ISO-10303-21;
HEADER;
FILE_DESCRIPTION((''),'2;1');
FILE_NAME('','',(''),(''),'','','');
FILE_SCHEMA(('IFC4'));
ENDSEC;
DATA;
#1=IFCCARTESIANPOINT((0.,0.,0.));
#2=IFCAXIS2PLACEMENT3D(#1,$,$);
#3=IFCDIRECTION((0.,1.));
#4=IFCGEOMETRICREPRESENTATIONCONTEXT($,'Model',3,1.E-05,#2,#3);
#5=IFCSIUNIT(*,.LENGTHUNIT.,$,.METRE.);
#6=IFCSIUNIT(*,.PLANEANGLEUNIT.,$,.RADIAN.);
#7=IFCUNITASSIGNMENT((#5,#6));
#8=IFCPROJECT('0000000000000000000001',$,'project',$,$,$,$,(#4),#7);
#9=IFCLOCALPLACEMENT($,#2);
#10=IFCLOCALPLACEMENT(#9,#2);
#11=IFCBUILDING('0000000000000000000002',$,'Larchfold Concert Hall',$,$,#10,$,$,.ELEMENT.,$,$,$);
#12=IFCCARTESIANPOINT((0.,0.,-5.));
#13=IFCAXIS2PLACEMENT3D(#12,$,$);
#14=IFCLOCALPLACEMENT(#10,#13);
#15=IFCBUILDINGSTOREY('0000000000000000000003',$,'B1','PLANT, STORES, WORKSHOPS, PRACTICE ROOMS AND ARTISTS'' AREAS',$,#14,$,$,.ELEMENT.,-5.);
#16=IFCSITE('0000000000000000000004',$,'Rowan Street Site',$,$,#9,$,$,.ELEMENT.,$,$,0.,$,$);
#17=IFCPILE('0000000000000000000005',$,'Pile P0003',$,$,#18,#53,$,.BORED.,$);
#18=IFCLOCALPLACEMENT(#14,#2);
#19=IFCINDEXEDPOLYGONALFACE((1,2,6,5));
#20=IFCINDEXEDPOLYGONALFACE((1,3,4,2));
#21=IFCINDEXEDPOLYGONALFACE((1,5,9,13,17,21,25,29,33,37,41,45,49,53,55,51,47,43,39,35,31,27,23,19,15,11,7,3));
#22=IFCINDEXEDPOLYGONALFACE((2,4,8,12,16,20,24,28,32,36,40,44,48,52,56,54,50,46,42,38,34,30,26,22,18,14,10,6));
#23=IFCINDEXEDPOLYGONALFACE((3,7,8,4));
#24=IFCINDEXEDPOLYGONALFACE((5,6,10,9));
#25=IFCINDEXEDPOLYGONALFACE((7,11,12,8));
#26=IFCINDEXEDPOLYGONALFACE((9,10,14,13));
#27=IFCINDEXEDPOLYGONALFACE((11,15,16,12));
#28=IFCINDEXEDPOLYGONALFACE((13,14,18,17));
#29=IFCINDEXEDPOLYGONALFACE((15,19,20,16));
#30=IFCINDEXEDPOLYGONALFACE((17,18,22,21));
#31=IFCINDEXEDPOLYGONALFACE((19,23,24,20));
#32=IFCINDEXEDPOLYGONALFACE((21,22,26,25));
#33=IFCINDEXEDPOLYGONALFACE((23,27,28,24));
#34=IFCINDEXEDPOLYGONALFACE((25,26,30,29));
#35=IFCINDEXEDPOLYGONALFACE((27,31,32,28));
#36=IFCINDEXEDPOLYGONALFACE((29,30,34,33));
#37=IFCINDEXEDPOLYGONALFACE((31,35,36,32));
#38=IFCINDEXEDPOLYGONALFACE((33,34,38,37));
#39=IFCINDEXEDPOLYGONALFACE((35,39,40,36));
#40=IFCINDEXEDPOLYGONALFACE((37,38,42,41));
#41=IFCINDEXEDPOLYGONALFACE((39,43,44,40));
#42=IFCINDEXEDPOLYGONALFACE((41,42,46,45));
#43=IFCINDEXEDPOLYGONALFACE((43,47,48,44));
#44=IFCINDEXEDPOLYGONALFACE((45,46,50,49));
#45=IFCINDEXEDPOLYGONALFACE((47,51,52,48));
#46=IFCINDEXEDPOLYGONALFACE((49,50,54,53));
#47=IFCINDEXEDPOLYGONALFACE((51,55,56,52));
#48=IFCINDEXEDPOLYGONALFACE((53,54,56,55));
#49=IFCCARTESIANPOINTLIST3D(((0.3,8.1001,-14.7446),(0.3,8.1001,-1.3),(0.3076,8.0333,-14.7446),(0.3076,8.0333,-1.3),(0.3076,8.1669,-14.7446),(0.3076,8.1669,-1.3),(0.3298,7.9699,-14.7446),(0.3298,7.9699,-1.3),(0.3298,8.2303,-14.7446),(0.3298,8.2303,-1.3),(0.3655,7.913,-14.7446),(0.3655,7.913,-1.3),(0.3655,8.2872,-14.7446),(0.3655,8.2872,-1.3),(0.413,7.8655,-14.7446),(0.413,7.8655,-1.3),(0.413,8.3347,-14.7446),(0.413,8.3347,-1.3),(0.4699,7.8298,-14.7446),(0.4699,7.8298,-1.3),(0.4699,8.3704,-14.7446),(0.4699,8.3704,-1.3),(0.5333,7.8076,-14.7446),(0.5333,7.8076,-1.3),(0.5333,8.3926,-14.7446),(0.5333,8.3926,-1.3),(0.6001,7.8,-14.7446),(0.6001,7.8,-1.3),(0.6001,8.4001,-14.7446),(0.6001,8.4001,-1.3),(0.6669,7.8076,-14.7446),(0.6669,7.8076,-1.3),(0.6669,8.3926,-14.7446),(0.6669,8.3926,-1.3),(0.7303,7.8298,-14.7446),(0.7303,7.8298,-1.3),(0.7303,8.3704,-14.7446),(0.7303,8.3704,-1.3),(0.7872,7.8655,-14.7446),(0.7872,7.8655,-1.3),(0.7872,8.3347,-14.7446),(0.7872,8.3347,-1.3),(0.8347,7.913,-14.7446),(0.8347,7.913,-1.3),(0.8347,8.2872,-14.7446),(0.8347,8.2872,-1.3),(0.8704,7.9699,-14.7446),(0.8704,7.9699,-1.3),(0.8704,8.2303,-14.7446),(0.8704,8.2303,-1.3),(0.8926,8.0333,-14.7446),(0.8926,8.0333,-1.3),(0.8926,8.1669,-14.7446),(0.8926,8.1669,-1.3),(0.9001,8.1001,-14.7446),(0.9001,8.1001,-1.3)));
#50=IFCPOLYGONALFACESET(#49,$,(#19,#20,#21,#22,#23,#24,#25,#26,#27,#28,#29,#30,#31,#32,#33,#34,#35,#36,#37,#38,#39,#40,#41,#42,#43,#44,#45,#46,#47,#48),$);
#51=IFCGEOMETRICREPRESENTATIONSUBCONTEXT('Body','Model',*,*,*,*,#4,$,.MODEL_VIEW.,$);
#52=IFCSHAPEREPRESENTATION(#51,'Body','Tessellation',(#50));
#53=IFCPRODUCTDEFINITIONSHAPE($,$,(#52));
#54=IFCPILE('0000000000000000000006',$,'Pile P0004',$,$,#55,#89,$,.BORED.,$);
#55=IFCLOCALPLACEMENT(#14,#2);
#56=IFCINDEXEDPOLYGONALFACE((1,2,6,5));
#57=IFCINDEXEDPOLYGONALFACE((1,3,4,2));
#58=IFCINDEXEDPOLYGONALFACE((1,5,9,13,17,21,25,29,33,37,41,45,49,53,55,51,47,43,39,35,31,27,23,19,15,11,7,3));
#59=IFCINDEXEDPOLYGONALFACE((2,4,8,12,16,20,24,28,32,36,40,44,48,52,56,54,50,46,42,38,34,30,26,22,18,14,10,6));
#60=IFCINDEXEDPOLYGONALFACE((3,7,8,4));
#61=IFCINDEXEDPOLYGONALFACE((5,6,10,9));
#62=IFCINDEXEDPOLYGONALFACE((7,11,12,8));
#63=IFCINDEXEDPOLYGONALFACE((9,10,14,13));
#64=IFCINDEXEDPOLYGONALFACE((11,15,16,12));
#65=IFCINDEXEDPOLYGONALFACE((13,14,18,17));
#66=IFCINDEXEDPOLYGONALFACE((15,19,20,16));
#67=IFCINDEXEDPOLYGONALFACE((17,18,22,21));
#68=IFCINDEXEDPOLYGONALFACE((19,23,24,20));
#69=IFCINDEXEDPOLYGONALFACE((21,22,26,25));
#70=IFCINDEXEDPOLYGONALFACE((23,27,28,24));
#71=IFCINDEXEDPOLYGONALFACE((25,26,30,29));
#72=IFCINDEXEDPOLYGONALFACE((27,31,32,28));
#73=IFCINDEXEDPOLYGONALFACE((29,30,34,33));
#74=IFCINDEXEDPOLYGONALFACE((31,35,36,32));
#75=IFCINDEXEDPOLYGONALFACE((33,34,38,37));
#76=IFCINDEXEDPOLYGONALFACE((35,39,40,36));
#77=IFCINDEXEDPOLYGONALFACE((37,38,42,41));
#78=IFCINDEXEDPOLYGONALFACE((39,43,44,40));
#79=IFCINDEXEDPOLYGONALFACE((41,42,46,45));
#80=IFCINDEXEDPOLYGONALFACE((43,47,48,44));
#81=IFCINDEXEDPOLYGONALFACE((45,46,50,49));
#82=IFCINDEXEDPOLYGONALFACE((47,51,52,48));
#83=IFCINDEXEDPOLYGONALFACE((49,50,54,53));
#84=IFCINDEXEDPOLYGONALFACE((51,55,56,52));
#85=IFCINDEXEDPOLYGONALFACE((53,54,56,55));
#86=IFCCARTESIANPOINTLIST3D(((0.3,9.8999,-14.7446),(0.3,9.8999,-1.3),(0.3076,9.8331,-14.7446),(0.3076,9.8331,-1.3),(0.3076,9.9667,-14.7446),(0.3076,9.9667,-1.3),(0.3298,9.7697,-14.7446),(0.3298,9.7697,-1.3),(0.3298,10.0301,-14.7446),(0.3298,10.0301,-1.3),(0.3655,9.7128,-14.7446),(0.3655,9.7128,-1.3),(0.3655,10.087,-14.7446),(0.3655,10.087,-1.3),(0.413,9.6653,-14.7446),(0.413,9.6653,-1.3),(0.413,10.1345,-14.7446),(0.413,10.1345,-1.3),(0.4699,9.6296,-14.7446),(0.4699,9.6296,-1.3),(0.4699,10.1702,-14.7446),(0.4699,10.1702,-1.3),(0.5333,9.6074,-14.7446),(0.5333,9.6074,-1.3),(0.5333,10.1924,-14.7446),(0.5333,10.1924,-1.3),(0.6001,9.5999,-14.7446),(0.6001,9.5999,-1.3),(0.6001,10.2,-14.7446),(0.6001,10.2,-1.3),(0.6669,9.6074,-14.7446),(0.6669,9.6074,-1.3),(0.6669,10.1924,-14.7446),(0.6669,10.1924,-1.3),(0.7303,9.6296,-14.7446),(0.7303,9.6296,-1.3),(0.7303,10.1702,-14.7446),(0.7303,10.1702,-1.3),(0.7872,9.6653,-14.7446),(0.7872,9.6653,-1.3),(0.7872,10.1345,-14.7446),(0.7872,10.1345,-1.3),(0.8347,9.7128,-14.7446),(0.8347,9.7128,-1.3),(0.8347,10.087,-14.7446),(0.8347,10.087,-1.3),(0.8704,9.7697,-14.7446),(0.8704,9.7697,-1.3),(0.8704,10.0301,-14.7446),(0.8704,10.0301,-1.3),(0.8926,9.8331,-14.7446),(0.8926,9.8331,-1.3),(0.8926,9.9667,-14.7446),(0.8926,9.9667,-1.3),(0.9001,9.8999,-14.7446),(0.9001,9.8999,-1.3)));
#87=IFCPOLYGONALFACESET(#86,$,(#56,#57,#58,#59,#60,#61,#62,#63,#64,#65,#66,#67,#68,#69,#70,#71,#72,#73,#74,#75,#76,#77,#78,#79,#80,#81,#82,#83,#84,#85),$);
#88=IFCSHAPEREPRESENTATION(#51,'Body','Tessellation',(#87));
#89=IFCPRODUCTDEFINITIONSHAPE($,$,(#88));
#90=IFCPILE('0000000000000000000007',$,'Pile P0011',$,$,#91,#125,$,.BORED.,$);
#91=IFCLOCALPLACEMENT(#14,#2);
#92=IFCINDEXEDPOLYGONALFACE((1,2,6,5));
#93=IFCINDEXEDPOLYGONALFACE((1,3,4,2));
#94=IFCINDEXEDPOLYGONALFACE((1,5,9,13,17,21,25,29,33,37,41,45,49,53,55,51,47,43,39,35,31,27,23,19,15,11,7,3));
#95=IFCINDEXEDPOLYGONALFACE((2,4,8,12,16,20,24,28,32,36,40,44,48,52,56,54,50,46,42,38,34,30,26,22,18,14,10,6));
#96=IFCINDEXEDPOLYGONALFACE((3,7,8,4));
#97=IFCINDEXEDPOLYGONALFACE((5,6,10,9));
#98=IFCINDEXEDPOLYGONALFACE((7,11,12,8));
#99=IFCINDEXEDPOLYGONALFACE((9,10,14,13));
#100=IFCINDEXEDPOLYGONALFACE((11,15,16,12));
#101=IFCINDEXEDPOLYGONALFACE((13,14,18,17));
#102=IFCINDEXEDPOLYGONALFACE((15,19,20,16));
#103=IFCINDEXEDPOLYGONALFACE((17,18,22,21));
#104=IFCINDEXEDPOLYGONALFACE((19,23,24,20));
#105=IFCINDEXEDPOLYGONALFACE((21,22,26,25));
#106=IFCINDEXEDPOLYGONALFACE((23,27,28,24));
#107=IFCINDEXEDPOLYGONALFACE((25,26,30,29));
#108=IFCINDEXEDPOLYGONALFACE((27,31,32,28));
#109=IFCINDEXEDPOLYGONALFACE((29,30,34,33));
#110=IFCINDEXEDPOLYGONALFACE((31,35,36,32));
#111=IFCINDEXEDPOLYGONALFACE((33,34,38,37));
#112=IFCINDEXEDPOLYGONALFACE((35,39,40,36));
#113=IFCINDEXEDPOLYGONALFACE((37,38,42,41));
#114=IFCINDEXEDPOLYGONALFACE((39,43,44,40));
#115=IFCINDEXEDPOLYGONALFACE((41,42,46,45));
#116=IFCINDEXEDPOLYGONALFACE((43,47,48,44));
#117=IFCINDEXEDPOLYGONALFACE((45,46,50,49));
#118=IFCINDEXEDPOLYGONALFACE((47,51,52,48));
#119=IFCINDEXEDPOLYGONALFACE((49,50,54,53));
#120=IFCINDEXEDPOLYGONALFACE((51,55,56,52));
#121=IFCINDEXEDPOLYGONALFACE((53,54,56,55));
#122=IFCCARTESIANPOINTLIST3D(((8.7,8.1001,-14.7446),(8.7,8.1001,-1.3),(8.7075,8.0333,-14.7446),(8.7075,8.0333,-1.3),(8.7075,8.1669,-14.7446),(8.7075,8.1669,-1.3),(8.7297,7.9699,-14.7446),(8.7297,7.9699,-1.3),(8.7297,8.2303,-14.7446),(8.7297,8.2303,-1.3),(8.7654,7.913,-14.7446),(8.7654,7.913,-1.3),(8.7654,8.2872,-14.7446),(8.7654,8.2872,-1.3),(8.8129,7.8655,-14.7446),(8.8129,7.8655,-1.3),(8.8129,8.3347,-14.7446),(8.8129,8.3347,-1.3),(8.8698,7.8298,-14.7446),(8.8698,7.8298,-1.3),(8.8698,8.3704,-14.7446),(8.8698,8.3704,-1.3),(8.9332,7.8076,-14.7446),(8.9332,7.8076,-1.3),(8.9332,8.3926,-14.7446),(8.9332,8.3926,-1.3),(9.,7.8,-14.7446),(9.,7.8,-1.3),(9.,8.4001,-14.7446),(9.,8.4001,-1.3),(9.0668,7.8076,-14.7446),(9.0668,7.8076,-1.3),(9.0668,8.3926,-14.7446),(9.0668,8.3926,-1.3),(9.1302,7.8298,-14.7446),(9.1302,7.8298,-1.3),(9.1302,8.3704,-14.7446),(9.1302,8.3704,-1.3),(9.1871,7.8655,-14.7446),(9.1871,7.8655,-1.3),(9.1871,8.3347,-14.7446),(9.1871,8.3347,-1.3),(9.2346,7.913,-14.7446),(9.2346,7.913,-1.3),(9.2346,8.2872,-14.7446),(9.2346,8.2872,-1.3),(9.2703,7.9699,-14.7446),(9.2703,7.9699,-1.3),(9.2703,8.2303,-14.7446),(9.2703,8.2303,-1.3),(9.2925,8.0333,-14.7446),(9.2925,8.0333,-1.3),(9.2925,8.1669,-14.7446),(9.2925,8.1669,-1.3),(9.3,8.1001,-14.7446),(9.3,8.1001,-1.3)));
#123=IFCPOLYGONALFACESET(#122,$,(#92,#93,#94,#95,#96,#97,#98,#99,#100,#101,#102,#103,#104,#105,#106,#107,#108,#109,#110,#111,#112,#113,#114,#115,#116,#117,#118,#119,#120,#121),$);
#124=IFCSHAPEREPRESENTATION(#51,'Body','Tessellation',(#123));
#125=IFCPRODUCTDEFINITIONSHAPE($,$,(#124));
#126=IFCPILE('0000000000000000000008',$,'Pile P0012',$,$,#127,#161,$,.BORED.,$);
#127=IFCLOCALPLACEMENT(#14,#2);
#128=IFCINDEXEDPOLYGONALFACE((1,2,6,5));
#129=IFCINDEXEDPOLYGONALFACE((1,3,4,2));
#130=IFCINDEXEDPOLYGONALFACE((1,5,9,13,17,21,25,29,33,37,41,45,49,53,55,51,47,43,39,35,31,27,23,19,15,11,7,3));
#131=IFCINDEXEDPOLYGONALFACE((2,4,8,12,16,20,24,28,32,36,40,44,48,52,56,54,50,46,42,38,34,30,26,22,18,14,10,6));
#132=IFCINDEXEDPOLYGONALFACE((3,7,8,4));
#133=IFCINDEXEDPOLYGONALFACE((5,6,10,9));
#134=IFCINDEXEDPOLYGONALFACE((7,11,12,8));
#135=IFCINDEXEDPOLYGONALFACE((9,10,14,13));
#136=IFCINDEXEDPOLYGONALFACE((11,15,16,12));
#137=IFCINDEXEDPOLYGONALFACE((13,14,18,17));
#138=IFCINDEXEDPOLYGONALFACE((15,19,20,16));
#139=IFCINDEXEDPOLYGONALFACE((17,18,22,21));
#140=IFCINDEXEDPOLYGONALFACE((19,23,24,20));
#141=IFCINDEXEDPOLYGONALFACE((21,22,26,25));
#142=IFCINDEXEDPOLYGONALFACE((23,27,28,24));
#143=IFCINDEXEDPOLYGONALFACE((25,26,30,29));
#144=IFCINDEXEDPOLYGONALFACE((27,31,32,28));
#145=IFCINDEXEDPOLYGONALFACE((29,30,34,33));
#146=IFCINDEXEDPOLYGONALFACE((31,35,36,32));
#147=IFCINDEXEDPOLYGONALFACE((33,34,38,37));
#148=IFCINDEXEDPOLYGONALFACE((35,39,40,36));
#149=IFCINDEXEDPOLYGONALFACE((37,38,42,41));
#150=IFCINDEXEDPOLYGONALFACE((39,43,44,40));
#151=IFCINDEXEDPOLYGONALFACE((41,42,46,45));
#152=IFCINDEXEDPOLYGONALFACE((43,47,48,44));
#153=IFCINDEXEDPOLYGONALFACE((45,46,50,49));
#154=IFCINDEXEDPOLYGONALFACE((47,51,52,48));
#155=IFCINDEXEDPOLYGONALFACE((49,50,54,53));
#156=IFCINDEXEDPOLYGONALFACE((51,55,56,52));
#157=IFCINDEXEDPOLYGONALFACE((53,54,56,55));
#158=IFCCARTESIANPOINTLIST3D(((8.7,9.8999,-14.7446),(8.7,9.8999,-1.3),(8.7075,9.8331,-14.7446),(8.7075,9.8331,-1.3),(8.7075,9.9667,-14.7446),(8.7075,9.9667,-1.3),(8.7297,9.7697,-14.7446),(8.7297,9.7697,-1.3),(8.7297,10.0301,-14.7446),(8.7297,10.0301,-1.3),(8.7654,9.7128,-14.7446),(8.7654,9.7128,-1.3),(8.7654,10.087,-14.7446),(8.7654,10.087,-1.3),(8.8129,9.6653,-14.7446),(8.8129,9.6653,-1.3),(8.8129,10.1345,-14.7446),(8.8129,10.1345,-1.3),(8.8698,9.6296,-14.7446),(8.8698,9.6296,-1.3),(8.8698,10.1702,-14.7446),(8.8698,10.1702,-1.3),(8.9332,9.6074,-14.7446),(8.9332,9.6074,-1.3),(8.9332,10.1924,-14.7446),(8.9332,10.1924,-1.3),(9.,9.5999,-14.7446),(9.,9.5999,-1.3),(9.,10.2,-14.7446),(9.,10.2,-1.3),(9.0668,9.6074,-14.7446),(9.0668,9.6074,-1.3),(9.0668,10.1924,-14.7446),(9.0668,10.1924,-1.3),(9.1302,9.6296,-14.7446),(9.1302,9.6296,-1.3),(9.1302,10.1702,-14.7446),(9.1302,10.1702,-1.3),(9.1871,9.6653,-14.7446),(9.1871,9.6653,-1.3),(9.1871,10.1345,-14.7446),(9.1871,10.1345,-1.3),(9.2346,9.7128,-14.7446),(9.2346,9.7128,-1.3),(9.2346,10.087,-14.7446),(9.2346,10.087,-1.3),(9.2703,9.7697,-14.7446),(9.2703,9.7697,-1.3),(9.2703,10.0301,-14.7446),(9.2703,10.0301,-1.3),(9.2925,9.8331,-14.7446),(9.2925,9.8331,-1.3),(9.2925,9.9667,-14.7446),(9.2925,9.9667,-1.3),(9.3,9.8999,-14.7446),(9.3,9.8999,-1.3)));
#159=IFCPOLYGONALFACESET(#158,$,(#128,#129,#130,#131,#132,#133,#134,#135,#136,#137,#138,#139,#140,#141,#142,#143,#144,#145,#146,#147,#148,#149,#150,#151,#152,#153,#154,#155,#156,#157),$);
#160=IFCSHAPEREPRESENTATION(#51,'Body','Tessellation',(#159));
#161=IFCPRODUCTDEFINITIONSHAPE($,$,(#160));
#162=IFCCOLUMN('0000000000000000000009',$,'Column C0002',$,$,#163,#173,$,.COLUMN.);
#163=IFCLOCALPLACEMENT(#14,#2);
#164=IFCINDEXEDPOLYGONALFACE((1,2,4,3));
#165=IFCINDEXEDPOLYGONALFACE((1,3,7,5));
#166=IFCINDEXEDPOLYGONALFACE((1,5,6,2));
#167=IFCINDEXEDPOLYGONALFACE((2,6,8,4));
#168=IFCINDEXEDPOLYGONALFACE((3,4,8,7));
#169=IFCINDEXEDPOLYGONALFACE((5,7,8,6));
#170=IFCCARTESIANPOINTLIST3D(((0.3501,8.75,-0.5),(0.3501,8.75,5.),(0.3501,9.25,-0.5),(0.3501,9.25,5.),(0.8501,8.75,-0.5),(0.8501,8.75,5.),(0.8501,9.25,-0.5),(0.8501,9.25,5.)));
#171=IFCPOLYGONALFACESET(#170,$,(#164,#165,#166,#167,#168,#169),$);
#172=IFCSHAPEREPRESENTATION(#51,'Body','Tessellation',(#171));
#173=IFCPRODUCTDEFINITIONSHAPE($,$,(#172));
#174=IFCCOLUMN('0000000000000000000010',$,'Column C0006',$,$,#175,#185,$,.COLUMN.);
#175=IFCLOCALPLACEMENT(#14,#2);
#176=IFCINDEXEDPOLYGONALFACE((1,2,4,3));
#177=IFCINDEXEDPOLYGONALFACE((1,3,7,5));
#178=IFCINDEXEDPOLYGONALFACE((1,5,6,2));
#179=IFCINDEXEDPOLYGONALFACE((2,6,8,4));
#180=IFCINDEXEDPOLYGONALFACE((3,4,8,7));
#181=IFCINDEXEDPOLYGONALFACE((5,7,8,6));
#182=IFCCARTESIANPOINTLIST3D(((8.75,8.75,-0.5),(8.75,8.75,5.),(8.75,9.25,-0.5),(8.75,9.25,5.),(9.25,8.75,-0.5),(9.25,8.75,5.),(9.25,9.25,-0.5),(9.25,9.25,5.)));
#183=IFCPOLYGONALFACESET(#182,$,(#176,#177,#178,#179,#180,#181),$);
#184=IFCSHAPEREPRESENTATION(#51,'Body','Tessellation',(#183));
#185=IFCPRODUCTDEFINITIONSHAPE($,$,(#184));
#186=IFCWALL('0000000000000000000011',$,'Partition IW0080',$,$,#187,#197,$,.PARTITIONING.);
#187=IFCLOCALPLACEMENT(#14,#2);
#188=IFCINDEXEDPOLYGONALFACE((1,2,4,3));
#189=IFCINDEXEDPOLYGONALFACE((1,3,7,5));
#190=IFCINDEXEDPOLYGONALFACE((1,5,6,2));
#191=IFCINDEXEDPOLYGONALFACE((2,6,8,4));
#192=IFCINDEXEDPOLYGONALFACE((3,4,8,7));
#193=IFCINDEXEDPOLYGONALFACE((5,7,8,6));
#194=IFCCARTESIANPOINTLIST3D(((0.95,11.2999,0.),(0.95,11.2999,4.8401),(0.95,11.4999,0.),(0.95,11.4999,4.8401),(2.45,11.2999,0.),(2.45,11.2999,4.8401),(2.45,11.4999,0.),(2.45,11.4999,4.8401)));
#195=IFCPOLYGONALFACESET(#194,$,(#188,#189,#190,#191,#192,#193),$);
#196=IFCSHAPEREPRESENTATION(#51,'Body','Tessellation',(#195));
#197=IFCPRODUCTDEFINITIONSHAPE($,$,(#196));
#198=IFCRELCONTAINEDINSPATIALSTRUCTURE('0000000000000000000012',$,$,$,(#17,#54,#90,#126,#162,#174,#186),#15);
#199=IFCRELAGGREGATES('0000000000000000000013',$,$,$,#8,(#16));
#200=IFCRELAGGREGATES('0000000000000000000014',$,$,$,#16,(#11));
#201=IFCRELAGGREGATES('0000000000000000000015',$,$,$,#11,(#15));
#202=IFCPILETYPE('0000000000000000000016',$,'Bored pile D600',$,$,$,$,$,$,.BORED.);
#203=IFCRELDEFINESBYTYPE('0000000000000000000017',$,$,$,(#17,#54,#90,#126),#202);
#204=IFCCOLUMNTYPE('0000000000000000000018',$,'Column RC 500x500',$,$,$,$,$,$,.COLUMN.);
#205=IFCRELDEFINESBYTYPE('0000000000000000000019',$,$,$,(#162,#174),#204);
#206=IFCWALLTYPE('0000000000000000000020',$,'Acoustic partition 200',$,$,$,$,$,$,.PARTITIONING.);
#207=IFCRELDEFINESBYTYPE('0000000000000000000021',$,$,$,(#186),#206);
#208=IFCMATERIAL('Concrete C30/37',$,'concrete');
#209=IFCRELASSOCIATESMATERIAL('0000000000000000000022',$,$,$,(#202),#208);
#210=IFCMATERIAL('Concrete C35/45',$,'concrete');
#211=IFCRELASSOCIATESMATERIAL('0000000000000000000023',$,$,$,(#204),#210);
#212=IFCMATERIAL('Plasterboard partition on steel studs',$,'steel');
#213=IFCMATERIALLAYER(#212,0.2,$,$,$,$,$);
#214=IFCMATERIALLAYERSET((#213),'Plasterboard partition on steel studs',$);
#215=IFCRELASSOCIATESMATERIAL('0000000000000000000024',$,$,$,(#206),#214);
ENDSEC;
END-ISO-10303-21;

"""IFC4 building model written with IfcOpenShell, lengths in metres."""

from ifc_helpers import new_model, si_unit, direction, frame, frame_2d, origin, origin_2d, place, context, subcontext, project, spatial, rectangle, circle, extrude, material, layer, layer_set, material_profile, profile_set, type_object, element, save


model = new_model("IFC4")

# Units and contexts
model_context = context("Model", 3, precision=1e-05, world=origin(), true_north=direction((0.0, 1.0)))
body_context = subcontext(model_context, "Body", "Model", "MODEL_VIEW")
ifc_project = project(units=[si_unit("LENGTHUNIT", "METRE"), si_unit("PLANEANGLEUNIT", "RADIAN")], contexts=[model_context])

# Site, building, storey
site_placement = place(None, origin())
site = spatial("IfcSite", under=ifc_project, at=site_placement, Name="Rowan Street Site", CompositionType="ELEMENT", RefElevation=0.0)
building_placement = place(site_placement, origin())
building = spatial("IfcBuilding", under=site, at=building_placement, Name="Larchfold Concert Hall", CompositionType="ELEMENT")
storey_placement = place(building_placement, frame((0.0, 0.0, -5.0)))
storey = spatial("IfcBuildingStorey", under=building, at=storey_placement, Name="B1", Description="PLANT, STORES, WORKSHOPS, PRACTICE ROOMS AND ARTISTS' AREAS", CompositionType="ELEMENT", Elevation=-5.0)

# Piles
ifc_material_1 = material(Name="Concrete C30/37", Category="concrete")
ifc_material_profile_1 = material_profile(ifc_material_1, circle(Radius=0.3, at=origin_2d()))
ifc_profile_set_1 = profile_set([ifc_material_profile_1], Name="Concrete C30/37")
pile_type = type_object("IfcPileType", Name="Bored pile D600", PredefinedType="BORED", material=ifc_profile_set_1)
for number, where, z_axis, x_axis, name in (
    (1, (0.6001, 8.1001, -1.3), (0.0, 0.0, -1.0), (1.0, 0.0, 0.0), "Pile P0003"),
    (2, (0.6001, 9.8999, -1.3), (0.0, 0.0, -1.0), (1.0, 0.0, 0.0), "Pile P0004"),
    (3, (9.0, 8.1001, -1.3), (0.0, 0.0, -1.0), (1.0, 0.0, 0.0), "Pile P0011"),
    (4, (9.0, 9.8999, -1.3), (0.0, 0.0, -1.0), (1.0, 0.0, 0.0), "Pile P0012"),
):
    element("IfcPile", number, at=place(storey_placement, frame(where, z_axis=z_axis, x_axis=x_axis)), inside=storey, type_object=pile_type, Name=name, PredefinedType="BORED", context=body_context, shape_type="SweptSolid", body=[
        extrude(circle(Radius=0.3, at=origin_2d()), origin(), (0.0, 0.0, 1.0), 13.4446),
    ])

# Columns
ifc_material_2 = material(Name="Concrete C35/45", Category="concrete")
ifc_material_profile_2 = material_profile(ifc_material_2, rectangle(XDim=0.5, YDim=0.5, at=origin_2d()))
ifc_profile_set_2 = profile_set([ifc_material_profile_2], Name="Concrete C35/45")
column_type = type_object("IfcColumnType", Name="Column RC 500x500", PredefinedType="COLUMN", material=ifc_profile_set_2)
for number, where, z_axis, x_axis, name in (
    (5, (0.6001, 9.0, -0.5), (0.0, 0.0, 1.0), (1.0, 0.0, 0.0), "Column C0002"),
    (6, (9.0, 9.0, -0.5), (0.0, 0.0, 1.0), (1.0, 0.0, 0.0), "Column C0006"),
):
    element("IfcColumn", number, at=place(storey_placement, frame(where, z_axis=z_axis, x_axis=x_axis)), inside=storey, type_object=column_type, Name=name, PredefinedType="COLUMN", context=body_context, shape_type="SweptSolid", body=[
        extrude(rectangle(XDim=0.5, YDim=0.5, at=origin_2d()), origin(), (0.0, 0.0, 1.0), 5.5),
    ])

# Wall
ifc_material_3 = material(Name="Plasterboard partition on steel studs", Category="steel")
ifc_layer_1 = layer(ifc_material_3, 0.2)
ifc_layer_set_1 = layer_set([ifc_layer_1], Name="Plasterboard partition on steel studs")
wall_type_1 = type_object("IfcWallType", Name="Acoustic partition 200", PredefinedType="PARTITIONING", material=ifc_layer_set_1)
wall_1_placement = place(storey_placement, frame((0.95, 11.3999, 0.0), z_axis=(0.0, 0.0, 1.0), x_axis=(1.0, 0.0, 0.0)))
element("IfcWall", 7, at=wall_1_placement, inside=storey, type_object=wall_type_1, Name="Partition IW0080", PredefinedType="PARTITIONING", context=body_context, shape_type="SweptSolid", body=[
    extrude(rectangle(XDim=1.5, YDim=0.2, at=frame_2d((0.75, 0.0))), origin(), (0.0, 0.0, 1.0), 4.8401),
])

save(model, "model.ifc")
